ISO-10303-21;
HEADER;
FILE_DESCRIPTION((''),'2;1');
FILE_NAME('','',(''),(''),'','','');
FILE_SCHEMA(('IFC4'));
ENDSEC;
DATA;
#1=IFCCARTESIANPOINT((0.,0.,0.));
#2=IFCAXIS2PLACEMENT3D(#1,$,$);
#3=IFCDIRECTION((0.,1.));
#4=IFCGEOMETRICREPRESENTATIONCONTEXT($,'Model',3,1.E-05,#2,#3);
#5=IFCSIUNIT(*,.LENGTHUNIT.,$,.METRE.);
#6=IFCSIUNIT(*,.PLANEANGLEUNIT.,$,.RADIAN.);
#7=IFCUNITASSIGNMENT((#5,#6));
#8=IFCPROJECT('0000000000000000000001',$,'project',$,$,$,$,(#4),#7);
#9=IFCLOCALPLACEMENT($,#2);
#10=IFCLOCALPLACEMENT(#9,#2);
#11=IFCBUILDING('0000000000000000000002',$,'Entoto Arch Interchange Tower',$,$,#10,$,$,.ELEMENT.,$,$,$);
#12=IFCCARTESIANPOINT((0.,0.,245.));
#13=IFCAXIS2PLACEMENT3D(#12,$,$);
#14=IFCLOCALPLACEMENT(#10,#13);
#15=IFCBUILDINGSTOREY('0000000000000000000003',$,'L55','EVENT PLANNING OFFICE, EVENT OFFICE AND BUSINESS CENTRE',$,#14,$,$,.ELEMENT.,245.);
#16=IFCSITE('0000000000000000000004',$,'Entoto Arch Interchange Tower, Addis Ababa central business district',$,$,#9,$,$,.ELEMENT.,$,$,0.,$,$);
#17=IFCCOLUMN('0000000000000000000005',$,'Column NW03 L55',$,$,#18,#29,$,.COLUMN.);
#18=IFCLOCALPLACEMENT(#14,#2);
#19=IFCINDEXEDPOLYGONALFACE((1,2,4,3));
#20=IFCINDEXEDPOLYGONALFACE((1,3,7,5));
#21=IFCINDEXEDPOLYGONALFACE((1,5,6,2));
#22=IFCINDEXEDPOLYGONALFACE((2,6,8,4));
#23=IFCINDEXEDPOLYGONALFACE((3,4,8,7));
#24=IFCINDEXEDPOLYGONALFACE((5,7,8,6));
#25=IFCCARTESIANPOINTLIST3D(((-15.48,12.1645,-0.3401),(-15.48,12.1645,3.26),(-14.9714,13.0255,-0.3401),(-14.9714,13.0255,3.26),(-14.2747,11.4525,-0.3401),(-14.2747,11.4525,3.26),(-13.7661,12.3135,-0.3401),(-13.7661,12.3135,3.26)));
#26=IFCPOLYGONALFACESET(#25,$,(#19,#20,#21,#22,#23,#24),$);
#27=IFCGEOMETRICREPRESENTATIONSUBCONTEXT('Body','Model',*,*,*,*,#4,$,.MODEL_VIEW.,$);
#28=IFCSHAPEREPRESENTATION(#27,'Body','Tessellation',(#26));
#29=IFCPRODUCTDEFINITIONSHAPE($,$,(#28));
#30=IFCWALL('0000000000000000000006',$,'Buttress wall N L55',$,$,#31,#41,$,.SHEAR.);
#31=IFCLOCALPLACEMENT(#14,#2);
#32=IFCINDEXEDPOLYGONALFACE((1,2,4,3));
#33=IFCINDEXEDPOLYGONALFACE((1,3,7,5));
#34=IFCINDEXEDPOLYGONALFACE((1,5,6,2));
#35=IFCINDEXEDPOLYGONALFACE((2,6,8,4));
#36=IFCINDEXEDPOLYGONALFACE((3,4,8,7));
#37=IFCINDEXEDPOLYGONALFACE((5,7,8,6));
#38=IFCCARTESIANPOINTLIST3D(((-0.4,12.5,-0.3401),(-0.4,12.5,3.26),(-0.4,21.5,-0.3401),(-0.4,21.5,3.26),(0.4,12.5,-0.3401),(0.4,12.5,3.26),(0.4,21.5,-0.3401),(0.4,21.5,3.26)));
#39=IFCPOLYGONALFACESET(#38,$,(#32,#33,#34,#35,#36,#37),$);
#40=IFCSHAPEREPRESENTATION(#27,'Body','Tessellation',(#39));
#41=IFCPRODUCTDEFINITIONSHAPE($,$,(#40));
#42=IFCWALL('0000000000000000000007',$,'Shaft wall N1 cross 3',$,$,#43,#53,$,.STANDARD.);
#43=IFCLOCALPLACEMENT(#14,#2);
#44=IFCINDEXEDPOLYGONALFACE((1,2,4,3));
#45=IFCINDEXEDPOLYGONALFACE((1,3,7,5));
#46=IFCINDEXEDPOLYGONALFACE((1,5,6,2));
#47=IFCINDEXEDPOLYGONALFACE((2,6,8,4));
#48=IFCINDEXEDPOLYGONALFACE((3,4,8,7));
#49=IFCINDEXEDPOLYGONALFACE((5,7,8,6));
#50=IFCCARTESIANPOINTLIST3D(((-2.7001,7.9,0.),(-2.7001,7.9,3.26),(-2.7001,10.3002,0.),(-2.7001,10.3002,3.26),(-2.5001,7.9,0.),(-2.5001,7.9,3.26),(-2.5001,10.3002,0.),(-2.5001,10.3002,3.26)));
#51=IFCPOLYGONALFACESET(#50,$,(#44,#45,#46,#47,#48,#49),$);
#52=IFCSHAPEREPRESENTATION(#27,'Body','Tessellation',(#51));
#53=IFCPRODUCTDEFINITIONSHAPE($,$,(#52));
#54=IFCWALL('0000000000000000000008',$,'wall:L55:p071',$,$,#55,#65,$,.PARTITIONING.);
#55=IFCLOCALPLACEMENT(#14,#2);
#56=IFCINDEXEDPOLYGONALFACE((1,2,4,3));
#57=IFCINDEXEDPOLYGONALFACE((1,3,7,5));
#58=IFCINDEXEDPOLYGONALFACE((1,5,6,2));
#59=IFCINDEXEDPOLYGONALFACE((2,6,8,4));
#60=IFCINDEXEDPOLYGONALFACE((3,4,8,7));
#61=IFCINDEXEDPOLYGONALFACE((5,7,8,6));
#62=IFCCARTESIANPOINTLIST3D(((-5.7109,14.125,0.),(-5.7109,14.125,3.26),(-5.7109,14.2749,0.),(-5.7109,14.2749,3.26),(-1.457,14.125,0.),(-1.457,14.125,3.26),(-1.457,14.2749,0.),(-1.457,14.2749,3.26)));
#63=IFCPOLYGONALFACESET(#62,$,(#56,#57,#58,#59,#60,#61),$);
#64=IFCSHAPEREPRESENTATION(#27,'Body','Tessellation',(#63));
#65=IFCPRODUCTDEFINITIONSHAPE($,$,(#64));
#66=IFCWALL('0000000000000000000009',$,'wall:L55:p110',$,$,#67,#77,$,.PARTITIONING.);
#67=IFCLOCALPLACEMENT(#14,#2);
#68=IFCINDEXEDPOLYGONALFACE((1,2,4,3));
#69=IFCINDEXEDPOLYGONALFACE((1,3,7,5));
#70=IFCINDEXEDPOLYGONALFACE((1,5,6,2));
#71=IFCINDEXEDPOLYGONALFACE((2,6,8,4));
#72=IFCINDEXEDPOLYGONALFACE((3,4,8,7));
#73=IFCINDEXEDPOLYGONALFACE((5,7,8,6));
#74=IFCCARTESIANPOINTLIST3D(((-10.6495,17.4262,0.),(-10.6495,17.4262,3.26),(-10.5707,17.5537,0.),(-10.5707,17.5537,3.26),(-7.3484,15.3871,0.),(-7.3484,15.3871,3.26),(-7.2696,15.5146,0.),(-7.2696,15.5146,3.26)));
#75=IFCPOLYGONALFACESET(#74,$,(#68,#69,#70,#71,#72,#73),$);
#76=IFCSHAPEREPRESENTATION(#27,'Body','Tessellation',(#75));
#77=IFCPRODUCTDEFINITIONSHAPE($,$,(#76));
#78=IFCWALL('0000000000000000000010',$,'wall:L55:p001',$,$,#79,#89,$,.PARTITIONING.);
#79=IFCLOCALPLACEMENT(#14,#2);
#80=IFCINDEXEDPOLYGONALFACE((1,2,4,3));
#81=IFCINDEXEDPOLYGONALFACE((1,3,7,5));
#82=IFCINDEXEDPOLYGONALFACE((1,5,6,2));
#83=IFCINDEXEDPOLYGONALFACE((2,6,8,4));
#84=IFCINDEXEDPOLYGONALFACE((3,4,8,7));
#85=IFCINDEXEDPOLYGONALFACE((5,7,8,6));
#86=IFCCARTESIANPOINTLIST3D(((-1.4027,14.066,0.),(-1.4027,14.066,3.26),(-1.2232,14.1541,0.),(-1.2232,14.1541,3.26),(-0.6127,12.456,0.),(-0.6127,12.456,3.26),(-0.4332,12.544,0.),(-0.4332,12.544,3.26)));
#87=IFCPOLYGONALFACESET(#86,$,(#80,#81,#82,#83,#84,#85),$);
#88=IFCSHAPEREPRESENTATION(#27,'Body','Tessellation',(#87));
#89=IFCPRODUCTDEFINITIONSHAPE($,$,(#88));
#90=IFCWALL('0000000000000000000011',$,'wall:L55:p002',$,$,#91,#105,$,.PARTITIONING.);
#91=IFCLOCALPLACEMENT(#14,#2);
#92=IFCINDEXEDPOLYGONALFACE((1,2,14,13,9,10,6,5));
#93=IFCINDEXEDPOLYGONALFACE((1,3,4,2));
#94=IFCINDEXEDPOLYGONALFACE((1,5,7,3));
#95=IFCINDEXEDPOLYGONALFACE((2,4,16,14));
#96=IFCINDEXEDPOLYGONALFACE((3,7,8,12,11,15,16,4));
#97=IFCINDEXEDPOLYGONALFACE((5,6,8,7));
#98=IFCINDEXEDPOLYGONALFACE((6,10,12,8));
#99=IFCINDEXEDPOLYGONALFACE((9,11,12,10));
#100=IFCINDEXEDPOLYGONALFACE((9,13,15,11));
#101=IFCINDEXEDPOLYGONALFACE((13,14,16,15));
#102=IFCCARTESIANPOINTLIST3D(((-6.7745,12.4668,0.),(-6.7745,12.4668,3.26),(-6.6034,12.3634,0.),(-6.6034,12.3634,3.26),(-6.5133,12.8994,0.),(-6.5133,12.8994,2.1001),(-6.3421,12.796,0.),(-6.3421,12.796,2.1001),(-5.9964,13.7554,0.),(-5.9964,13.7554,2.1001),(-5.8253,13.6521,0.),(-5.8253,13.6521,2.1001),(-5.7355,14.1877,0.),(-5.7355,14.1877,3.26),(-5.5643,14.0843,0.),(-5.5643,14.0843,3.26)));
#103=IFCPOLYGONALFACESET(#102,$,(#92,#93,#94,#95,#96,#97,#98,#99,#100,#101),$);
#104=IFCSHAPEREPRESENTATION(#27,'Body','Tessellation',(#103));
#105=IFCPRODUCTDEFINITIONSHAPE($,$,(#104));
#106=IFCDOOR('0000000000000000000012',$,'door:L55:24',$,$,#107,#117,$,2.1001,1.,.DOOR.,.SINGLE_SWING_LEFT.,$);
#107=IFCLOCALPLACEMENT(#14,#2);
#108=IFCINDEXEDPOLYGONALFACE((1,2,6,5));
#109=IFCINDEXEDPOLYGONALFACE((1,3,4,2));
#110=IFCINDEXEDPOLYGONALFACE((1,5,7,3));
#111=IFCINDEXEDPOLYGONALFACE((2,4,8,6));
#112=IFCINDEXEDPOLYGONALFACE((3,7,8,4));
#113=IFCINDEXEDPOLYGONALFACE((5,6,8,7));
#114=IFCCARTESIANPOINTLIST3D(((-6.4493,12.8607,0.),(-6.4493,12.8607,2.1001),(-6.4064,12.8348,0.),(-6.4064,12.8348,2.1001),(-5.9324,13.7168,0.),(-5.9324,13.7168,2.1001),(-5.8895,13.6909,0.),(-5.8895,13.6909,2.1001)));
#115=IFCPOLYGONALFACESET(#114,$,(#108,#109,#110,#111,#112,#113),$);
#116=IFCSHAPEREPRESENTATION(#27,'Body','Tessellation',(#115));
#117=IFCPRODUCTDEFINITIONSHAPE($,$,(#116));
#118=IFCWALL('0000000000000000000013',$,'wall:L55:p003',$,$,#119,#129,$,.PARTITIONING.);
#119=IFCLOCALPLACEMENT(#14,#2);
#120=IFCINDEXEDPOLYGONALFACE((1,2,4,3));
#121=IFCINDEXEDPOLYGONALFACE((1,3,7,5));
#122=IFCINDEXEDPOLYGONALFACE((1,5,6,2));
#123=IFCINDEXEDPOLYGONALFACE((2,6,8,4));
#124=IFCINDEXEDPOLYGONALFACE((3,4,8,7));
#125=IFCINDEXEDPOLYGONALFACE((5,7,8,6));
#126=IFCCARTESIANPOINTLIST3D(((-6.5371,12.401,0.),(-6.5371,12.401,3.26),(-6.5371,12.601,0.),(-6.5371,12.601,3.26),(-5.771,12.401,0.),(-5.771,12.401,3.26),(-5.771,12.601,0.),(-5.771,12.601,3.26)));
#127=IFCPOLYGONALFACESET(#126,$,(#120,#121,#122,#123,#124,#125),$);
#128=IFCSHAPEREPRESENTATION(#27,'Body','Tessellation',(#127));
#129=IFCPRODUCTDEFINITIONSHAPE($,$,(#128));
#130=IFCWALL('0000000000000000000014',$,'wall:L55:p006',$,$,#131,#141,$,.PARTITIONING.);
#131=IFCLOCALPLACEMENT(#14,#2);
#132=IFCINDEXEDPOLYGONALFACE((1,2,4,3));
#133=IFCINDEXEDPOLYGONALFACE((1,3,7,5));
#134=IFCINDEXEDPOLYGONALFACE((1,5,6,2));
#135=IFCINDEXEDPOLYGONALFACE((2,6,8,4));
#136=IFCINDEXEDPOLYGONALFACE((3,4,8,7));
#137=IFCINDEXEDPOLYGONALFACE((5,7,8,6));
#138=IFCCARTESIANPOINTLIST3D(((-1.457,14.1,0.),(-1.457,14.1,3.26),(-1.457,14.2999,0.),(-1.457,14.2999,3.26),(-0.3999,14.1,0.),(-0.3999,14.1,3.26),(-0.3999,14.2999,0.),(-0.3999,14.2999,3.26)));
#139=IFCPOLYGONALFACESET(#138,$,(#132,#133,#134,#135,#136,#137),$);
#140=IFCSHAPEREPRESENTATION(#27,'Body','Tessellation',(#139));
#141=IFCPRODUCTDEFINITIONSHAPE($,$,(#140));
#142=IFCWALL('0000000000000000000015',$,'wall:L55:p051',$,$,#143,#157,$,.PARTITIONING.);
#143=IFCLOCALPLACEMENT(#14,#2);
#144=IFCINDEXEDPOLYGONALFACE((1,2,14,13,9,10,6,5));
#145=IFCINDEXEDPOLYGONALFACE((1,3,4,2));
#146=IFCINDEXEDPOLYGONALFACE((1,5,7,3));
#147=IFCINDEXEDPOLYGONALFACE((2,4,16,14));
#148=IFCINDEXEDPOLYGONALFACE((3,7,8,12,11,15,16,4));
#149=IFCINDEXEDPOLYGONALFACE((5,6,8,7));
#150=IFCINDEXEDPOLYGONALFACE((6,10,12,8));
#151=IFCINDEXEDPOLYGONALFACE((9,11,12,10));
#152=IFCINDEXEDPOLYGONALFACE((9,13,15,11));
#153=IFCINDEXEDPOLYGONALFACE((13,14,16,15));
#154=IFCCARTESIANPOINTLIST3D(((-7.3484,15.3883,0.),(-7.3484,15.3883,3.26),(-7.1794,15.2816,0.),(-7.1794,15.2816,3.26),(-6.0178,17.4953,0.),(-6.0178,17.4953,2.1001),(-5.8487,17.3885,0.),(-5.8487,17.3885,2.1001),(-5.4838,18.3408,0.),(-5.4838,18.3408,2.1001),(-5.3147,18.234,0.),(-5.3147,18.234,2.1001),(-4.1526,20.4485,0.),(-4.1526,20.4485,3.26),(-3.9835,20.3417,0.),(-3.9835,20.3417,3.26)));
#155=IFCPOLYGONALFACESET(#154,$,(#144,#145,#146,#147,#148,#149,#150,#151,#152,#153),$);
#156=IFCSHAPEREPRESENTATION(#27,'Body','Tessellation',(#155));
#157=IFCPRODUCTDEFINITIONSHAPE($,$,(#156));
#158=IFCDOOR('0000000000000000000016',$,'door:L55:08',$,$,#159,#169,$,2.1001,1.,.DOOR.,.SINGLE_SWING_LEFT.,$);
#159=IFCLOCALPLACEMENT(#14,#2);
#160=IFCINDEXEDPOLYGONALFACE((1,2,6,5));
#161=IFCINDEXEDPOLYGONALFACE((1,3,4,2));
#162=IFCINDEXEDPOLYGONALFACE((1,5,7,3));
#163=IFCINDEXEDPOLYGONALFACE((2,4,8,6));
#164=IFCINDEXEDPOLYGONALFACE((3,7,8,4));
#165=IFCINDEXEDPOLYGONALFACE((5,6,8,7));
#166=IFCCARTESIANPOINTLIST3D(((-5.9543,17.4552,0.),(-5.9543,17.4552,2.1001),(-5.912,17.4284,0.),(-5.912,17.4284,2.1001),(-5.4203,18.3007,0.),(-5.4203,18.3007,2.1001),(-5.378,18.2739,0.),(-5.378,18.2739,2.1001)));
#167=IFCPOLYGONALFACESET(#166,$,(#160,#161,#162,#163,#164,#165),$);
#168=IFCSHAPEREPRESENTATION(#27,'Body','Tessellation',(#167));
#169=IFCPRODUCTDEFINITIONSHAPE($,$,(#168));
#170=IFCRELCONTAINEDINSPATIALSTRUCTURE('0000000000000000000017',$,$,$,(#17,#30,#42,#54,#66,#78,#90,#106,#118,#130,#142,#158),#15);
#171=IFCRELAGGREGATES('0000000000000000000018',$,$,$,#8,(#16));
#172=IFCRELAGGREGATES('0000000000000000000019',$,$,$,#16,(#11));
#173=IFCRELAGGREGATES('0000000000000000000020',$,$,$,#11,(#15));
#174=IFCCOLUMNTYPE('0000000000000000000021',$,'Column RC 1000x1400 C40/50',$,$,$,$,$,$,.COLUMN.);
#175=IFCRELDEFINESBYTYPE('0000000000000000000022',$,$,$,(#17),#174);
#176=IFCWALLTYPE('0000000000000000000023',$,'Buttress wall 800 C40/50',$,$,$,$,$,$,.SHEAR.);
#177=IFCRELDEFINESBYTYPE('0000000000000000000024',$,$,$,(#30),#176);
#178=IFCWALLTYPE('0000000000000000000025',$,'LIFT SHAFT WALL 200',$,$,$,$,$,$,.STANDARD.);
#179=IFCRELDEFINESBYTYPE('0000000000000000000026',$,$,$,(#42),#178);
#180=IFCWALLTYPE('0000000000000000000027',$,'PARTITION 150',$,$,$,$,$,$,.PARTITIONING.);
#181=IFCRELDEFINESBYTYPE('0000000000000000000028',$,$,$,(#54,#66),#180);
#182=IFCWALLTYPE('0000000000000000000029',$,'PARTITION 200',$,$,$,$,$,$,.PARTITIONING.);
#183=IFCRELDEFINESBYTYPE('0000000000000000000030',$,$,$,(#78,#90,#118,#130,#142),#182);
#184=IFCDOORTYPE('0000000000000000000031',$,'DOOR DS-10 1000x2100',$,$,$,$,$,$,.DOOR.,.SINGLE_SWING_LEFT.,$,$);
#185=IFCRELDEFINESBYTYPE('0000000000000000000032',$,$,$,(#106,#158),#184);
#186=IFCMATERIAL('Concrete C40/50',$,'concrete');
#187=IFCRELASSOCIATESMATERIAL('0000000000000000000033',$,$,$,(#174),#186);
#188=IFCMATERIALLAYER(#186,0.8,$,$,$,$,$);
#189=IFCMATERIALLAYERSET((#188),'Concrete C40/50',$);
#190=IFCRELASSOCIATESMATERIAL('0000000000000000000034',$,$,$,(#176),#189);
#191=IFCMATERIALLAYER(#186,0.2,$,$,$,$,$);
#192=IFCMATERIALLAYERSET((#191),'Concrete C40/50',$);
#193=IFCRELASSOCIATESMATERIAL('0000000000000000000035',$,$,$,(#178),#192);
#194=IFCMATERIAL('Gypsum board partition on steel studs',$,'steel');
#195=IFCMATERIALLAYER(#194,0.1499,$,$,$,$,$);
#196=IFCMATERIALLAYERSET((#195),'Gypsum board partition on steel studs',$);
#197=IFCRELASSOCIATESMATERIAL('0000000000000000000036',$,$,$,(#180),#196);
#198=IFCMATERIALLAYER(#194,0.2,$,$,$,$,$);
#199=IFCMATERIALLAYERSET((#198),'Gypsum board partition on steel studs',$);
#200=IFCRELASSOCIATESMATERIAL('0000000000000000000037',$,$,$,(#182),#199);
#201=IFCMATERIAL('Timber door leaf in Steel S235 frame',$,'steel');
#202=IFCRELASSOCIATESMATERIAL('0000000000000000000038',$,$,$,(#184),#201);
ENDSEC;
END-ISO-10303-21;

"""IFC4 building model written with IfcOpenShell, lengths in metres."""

from ifc_helpers import new_model, si_unit, direction, frame, frame_2d, origin, origin_2d, place, context, subcontext, project, spatial, rectangle, extrude, material, layer, layer_set, material_profile, profile_set, type_object, element, fill, save


model = new_model("IFC4")

# Units and contexts
model_context = context("Model", 3, precision=1e-05, world=origin(), true_north=direction((0.0, 1.0)))
body_context = subcontext(model_context, "Body", "Model", "MODEL_VIEW")
ifc_project = project(units=[si_unit("LENGTHUNIT", "METRE"), si_unit("PLANEANGLEUNIT", "RADIAN")], contexts=[model_context])

# Site, building, storey
site_placement = place(None, origin())
site = spatial("IfcSite", under=ifc_project, at=site_placement, Name="Entoto Arch Interchange Tower, Addis Ababa central business district", CompositionType="ELEMENT", RefElevation=0.0)
building_placement = place(site_placement, origin())
building = spatial("IfcBuilding", under=site, at=building_placement, Name="Entoto Arch Interchange Tower", CompositionType="ELEMENT")
storey_placement = place(building_placement, frame((0.0, 0.0, 245.0)))
storey = spatial("IfcBuildingStorey", under=building, at=storey_placement, Name="L55", Description="EVENT PLANNING OFFICE, EVENT OFFICE AND BUSINESS CENTRE", CompositionType="ELEMENT", Elevation=245.0)

# Column
ifc_material_1 = material(Name="Concrete C40/50", Category="concrete")
ifc_material_profile = material_profile(ifc_material_1, rectangle(XDim=1.0, YDim=1.3999, at=origin_2d()))
ifc_profile_set = profile_set([ifc_material_profile], Name="Concrete C40/50")
column_type = type_object("IfcColumnType", Name="Column RC 1000x1400 C40/50", PredefinedType="COLUMN", material=ifc_profile_set)
column_placement = place(storey_placement, frame((-14.623, 12.239, -0.3401), z_axis=(0.0, 0.0, 1.0), x_axis=(0.508576, 0.861017, 0.0)))
element("IfcColumn", 1, at=column_placement, inside=storey, type_object=column_type, Name="Column NW03 L55", PredefinedType="COLUMN", context=body_context, shape_type="SweptSolid", body=[
    extrude(rectangle(XDim=1.0, YDim=1.3999, at=origin_2d()), origin(), (0.0, 0.0, 1.0), 3.6001),
])

# Walls
ifc_layer_1 = layer(ifc_material_1, 0.8)
ifc_layer_set_1 = layer_set([ifc_layer_1], Name="Concrete C40/50")
wall_type_1 = type_object("IfcWallType", Name="Buttress wall 800 C40/50", PredefinedType="SHEAR", material=ifc_layer_set_1)
wall_1_placement = place(storey_placement, frame((0.0, 12.5, -0.3401), z_axis=(0.0, 0.0, 1.0), x_axis=(0.0, 1.0, 0.0)))
element("IfcWall", 2, at=wall_1_placement, inside=storey, type_object=wall_type_1, Name="Buttress wall N L55", PredefinedType="SHEAR", context=body_context, shape_type="SweptSolid", body=[
    extrude(rectangle(XDim=9.0, YDim=0.8, at=frame_2d((4.5, 0.0))), origin(), (0.0, 0.0, 1.0), 3.6001),
])
ifc_layer_2 = layer(ifc_material_1, 0.2)
ifc_layer_set_2 = layer_set([ifc_layer_2], Name="Concrete C40/50")
wall_type_2 = type_object("IfcWallType", Name="LIFT SHAFT WALL 200", PredefinedType="STANDARD", material=ifc_layer_set_2)
wall_2_placement = place(storey_placement, frame((-2.6001, 7.8999, 0.0), z_axis=(0.0, 0.0, 1.0), x_axis=(0.0, 1.0, 0.0)))
element("IfcWall", 3, at=wall_2_placement, inside=storey, type_object=wall_type_2, Name="Shaft wall N1 cross 3", PredefinedType="STANDARD", context=body_context, shape_type="SweptSolid", body=[
    extrude(rectangle(XDim=2.4001, YDim=0.2, at=frame_2d((1.2002, 0.0))), origin(), (0.0, 0.0, 1.0), 3.26),
])
ifc_material_2 = material(Name="Gypsum board partition on steel studs", Category="steel")
ifc_layer_3 = layer(ifc_material_2, 0.1499)
ifc_layer_set_3 = layer_set([ifc_layer_3], Name="Gypsum board partition on steel studs")
wall_type_3 = type_object("IfcWallType", Name="PARTITION 150", PredefinedType="PARTITIONING", material=ifc_layer_set_3)
wall_3_placement = place(storey_placement, frame((-1.457, 14.2, 0.0), z_axis=(0.0, 0.0, 1.0), x_axis=(-1.0, 0.0, 0.0)))
element("IfcWall", 4, at=wall_3_placement, inside=storey, type_object=wall_type_3, Name="wall:L55:p071", PredefinedType="PARTITIONING", context=body_context, shape_type="SweptSolid", body=[
    extrude(rectangle(XDim=4.2539, YDim=0.1499, at=frame_2d((2.127, 0.0))), origin(), (0.0, 0.0, 1.0), 3.26),
])
wall_4_placement = place(storey_placement, frame((-7.3091, 15.4509, 0.0), z_axis=(0.0, 0.0, 1.0), x_axis=(-0.850776, 0.525529, 0.0)))
element("IfcWall", 5, at=wall_4_placement, inside=storey, type_object=wall_type_3, Name="wall:L55:p110", PredefinedType="PARTITIONING", context=body_context, shape_type="SweptSolid", body=[
    extrude(rectangle(XDim=3.8801, YDim=0.1499, at=frame_2d((1.9399, 0.0))), origin(), (0.0, 0.0, 1.0), 3.26),
])
ifc_layer_4 = layer(ifc_material_2, 0.2)
ifc_layer_set_4 = layer_set([ifc_layer_4], Name="Gypsum board partition on steel studs")
wall_type_4 = type_object("IfcWallType", Name="PARTITION 200", PredefinedType="PARTITIONING", material=ifc_layer_set_4)
wall_5_placement = place(storey_placement, frame((-0.5229, 12.5, 0.0), z_axis=(0.0, 0.0, 1.0), x_axis=(-0.440504, 0.897751, 0.0)))
element("IfcWall", 6, at=wall_5_placement, inside=storey, type_object=wall_type_4, Name="wall:L55:p001", PredefinedType="PARTITIONING", context=body_context, shape_type="SweptSolid", body=[
    extrude(rectangle(XDim=1.7935, YDim=0.2, at=frame_2d((0.8967, 0.0))), origin(), (0.0, 0.0, 1.0), 3.26),
])

# Wall, opening, door
wall_6_placement = place(storey_placement, frame((-5.6499, 14.136, 0.0), z_axis=(0.0, 0.0, 1.0), x_axis=(-0.516869, -0.856064, 0.0)))
wall_6 = element("IfcWall", 7, at=wall_6_placement, inside=storey, type_object=wall_type_4, Name="wall:L55:p002", PredefinedType="PARTITIONING", context=body_context, shape_type="SweptSolid", body=[
    extrude(rectangle(XDim=2.0103, YDim=0.2, at=frame_2d((1.0051, 0.0))), origin(), (0.0, 0.0, 1.0), 3.26),
])
opening_1_placement = place(wall_6_placement, frame((0.5049, 0.0, 0.0)))
opening_1 = element("IfcOpeningElement", 8, at=opening_1_placement, cuts=wall_6, PredefinedType="OPENING", context=body_context, shape_type="SweptSolid", body=[
    extrude(rectangle(XDim=1.0, YDim=2.1001, at=frame_2d((0.5, 1.05))), frame((0.0, 0.1099, 0.0), z_axis=(0.0, -1.0, 0.0), x_axis=(1.0, 0.0, 0.0)), (0.0, 0.0, 1.0), 0.22),
])
ifc_material_3 = material(Name="Timber door leaf in Steel S235 frame", Category="steel")
door_type = type_object("IfcDoorType", Name="DOOR DS-10 1000x2100", OperationType="SINGLE_SWING_LEFT", PredefinedType="DOOR", material=ifc_material_3)
door_1_placement = place(opening_1_placement, origin())
door_1 = element("IfcDoor", 9, at=door_1_placement, inside=storey, type_object=door_type, Name="door:L55:24", OperationType="SINGLE_SWING_LEFT", OverallHeight=2.1001, OverallWidth=1.0, PredefinedType="DOOR", context=body_context, shape_type="SweptSolid", body=[
    extrude(rectangle(XDim=1.0, YDim=2.1001, at=frame_2d((0.5, 1.05))), frame((0.0, 0.0249, 0.0), z_axis=(0.0, -1.0, 0.0), x_axis=(1.0, 0.0, 0.0)), (0.0, 0.0, 1.0), 0.05),
])
fill(opening_1, door_1)

# Walls
wall_7_placement = place(storey_placement, frame((-6.5371, 12.501, 0.0), z_axis=(0.0, 0.0, 1.0), x_axis=(1.0, 0.0, 0.0)))
element("IfcWall", 10, at=wall_7_placement, inside=storey, type_object=wall_type_4, Name="wall:L55:p003", PredefinedType="PARTITIONING", context=body_context, shape_type="SweptSolid", body=[
    extrude(rectangle(XDim=0.7661, YDim=0.2, at=frame_2d((0.3831, 0.0))), origin(), (0.0, 0.0, 1.0), 3.26),
])
wall_8_placement = place(storey_placement, frame((-1.457, 14.2, 0.0), z_axis=(0.0, 0.0, 1.0), x_axis=(1.0, 0.0, 0.0)))
element("IfcWall", 11, at=wall_8_placement, inside=storey, type_object=wall_type_4, Name="wall:L55:p006", PredefinedType="PARTITIONING", context=body_context, shape_type="SweptSolid", body=[
    extrude(rectangle(XDim=1.0571, YDim=0.2, at=frame_2d((0.5286, 0.0))), origin(), (0.0, 0.0, 1.0), 3.26),
])

# Wall, opening, door
wall_9_placement = place(storey_placement, frame((-7.2639, 15.335, 0.0), z_axis=(0.0, 0.0, 1.0), x_axis=(0.53399, 0.845491, 0.0)))
wall_9 = element("IfcWall", 12, at=wall_9_placement, inside=storey, type_object=wall_type_4, Name="wall:L55:p051", PredefinedType="PARTITIONING", context=body_context, shape_type="SweptSolid", body=[
    extrude(rectangle(XDim=5.9849, YDim=0.2, at=frame_2d((2.9924, 0.0))), origin(), (0.0, 0.0, 1.0), 3.26),
])
opening_2_placement = place(wall_9_placement, frame((2.4919, 0.0, 0.0)))
opening_2 = element("IfcOpeningElement", 13, at=opening_2_placement, cuts=wall_9, PredefinedType="OPENING", context=body_context, shape_type="SweptSolid", body=[
    extrude(rectangle(XDim=1.0, YDim=2.1001, at=frame_2d((0.5, 1.05))), frame((0.0, 0.1099, 0.0), z_axis=(0.0, -1.0, 0.0), x_axis=(1.0, 0.0, 0.0)), (0.0, 0.0, 1.0), 0.22),
])
door_2_placement = place(opening_2_placement, origin())
door_2 = element("IfcDoor", 14, at=door_2_placement, inside=storey, type_object=door_type, Name="door:L55:08", OperationType="SINGLE_SWING_LEFT", OverallHeight=2.1001, OverallWidth=1.0, PredefinedType="DOOR", context=body_context, shape_type="SweptSolid", body=[
    extrude(rectangle(XDim=1.0, YDim=2.1001, at=frame_2d((0.5, 1.05))), frame((0.0, 0.0249, 0.0), z_axis=(0.0, -1.0, 0.0), x_axis=(1.0, 0.0, 0.0)), (0.0, 0.0, 1.0), 0.05),
])
fill(opening_2, door_2)

save(model, "model.ifc")
